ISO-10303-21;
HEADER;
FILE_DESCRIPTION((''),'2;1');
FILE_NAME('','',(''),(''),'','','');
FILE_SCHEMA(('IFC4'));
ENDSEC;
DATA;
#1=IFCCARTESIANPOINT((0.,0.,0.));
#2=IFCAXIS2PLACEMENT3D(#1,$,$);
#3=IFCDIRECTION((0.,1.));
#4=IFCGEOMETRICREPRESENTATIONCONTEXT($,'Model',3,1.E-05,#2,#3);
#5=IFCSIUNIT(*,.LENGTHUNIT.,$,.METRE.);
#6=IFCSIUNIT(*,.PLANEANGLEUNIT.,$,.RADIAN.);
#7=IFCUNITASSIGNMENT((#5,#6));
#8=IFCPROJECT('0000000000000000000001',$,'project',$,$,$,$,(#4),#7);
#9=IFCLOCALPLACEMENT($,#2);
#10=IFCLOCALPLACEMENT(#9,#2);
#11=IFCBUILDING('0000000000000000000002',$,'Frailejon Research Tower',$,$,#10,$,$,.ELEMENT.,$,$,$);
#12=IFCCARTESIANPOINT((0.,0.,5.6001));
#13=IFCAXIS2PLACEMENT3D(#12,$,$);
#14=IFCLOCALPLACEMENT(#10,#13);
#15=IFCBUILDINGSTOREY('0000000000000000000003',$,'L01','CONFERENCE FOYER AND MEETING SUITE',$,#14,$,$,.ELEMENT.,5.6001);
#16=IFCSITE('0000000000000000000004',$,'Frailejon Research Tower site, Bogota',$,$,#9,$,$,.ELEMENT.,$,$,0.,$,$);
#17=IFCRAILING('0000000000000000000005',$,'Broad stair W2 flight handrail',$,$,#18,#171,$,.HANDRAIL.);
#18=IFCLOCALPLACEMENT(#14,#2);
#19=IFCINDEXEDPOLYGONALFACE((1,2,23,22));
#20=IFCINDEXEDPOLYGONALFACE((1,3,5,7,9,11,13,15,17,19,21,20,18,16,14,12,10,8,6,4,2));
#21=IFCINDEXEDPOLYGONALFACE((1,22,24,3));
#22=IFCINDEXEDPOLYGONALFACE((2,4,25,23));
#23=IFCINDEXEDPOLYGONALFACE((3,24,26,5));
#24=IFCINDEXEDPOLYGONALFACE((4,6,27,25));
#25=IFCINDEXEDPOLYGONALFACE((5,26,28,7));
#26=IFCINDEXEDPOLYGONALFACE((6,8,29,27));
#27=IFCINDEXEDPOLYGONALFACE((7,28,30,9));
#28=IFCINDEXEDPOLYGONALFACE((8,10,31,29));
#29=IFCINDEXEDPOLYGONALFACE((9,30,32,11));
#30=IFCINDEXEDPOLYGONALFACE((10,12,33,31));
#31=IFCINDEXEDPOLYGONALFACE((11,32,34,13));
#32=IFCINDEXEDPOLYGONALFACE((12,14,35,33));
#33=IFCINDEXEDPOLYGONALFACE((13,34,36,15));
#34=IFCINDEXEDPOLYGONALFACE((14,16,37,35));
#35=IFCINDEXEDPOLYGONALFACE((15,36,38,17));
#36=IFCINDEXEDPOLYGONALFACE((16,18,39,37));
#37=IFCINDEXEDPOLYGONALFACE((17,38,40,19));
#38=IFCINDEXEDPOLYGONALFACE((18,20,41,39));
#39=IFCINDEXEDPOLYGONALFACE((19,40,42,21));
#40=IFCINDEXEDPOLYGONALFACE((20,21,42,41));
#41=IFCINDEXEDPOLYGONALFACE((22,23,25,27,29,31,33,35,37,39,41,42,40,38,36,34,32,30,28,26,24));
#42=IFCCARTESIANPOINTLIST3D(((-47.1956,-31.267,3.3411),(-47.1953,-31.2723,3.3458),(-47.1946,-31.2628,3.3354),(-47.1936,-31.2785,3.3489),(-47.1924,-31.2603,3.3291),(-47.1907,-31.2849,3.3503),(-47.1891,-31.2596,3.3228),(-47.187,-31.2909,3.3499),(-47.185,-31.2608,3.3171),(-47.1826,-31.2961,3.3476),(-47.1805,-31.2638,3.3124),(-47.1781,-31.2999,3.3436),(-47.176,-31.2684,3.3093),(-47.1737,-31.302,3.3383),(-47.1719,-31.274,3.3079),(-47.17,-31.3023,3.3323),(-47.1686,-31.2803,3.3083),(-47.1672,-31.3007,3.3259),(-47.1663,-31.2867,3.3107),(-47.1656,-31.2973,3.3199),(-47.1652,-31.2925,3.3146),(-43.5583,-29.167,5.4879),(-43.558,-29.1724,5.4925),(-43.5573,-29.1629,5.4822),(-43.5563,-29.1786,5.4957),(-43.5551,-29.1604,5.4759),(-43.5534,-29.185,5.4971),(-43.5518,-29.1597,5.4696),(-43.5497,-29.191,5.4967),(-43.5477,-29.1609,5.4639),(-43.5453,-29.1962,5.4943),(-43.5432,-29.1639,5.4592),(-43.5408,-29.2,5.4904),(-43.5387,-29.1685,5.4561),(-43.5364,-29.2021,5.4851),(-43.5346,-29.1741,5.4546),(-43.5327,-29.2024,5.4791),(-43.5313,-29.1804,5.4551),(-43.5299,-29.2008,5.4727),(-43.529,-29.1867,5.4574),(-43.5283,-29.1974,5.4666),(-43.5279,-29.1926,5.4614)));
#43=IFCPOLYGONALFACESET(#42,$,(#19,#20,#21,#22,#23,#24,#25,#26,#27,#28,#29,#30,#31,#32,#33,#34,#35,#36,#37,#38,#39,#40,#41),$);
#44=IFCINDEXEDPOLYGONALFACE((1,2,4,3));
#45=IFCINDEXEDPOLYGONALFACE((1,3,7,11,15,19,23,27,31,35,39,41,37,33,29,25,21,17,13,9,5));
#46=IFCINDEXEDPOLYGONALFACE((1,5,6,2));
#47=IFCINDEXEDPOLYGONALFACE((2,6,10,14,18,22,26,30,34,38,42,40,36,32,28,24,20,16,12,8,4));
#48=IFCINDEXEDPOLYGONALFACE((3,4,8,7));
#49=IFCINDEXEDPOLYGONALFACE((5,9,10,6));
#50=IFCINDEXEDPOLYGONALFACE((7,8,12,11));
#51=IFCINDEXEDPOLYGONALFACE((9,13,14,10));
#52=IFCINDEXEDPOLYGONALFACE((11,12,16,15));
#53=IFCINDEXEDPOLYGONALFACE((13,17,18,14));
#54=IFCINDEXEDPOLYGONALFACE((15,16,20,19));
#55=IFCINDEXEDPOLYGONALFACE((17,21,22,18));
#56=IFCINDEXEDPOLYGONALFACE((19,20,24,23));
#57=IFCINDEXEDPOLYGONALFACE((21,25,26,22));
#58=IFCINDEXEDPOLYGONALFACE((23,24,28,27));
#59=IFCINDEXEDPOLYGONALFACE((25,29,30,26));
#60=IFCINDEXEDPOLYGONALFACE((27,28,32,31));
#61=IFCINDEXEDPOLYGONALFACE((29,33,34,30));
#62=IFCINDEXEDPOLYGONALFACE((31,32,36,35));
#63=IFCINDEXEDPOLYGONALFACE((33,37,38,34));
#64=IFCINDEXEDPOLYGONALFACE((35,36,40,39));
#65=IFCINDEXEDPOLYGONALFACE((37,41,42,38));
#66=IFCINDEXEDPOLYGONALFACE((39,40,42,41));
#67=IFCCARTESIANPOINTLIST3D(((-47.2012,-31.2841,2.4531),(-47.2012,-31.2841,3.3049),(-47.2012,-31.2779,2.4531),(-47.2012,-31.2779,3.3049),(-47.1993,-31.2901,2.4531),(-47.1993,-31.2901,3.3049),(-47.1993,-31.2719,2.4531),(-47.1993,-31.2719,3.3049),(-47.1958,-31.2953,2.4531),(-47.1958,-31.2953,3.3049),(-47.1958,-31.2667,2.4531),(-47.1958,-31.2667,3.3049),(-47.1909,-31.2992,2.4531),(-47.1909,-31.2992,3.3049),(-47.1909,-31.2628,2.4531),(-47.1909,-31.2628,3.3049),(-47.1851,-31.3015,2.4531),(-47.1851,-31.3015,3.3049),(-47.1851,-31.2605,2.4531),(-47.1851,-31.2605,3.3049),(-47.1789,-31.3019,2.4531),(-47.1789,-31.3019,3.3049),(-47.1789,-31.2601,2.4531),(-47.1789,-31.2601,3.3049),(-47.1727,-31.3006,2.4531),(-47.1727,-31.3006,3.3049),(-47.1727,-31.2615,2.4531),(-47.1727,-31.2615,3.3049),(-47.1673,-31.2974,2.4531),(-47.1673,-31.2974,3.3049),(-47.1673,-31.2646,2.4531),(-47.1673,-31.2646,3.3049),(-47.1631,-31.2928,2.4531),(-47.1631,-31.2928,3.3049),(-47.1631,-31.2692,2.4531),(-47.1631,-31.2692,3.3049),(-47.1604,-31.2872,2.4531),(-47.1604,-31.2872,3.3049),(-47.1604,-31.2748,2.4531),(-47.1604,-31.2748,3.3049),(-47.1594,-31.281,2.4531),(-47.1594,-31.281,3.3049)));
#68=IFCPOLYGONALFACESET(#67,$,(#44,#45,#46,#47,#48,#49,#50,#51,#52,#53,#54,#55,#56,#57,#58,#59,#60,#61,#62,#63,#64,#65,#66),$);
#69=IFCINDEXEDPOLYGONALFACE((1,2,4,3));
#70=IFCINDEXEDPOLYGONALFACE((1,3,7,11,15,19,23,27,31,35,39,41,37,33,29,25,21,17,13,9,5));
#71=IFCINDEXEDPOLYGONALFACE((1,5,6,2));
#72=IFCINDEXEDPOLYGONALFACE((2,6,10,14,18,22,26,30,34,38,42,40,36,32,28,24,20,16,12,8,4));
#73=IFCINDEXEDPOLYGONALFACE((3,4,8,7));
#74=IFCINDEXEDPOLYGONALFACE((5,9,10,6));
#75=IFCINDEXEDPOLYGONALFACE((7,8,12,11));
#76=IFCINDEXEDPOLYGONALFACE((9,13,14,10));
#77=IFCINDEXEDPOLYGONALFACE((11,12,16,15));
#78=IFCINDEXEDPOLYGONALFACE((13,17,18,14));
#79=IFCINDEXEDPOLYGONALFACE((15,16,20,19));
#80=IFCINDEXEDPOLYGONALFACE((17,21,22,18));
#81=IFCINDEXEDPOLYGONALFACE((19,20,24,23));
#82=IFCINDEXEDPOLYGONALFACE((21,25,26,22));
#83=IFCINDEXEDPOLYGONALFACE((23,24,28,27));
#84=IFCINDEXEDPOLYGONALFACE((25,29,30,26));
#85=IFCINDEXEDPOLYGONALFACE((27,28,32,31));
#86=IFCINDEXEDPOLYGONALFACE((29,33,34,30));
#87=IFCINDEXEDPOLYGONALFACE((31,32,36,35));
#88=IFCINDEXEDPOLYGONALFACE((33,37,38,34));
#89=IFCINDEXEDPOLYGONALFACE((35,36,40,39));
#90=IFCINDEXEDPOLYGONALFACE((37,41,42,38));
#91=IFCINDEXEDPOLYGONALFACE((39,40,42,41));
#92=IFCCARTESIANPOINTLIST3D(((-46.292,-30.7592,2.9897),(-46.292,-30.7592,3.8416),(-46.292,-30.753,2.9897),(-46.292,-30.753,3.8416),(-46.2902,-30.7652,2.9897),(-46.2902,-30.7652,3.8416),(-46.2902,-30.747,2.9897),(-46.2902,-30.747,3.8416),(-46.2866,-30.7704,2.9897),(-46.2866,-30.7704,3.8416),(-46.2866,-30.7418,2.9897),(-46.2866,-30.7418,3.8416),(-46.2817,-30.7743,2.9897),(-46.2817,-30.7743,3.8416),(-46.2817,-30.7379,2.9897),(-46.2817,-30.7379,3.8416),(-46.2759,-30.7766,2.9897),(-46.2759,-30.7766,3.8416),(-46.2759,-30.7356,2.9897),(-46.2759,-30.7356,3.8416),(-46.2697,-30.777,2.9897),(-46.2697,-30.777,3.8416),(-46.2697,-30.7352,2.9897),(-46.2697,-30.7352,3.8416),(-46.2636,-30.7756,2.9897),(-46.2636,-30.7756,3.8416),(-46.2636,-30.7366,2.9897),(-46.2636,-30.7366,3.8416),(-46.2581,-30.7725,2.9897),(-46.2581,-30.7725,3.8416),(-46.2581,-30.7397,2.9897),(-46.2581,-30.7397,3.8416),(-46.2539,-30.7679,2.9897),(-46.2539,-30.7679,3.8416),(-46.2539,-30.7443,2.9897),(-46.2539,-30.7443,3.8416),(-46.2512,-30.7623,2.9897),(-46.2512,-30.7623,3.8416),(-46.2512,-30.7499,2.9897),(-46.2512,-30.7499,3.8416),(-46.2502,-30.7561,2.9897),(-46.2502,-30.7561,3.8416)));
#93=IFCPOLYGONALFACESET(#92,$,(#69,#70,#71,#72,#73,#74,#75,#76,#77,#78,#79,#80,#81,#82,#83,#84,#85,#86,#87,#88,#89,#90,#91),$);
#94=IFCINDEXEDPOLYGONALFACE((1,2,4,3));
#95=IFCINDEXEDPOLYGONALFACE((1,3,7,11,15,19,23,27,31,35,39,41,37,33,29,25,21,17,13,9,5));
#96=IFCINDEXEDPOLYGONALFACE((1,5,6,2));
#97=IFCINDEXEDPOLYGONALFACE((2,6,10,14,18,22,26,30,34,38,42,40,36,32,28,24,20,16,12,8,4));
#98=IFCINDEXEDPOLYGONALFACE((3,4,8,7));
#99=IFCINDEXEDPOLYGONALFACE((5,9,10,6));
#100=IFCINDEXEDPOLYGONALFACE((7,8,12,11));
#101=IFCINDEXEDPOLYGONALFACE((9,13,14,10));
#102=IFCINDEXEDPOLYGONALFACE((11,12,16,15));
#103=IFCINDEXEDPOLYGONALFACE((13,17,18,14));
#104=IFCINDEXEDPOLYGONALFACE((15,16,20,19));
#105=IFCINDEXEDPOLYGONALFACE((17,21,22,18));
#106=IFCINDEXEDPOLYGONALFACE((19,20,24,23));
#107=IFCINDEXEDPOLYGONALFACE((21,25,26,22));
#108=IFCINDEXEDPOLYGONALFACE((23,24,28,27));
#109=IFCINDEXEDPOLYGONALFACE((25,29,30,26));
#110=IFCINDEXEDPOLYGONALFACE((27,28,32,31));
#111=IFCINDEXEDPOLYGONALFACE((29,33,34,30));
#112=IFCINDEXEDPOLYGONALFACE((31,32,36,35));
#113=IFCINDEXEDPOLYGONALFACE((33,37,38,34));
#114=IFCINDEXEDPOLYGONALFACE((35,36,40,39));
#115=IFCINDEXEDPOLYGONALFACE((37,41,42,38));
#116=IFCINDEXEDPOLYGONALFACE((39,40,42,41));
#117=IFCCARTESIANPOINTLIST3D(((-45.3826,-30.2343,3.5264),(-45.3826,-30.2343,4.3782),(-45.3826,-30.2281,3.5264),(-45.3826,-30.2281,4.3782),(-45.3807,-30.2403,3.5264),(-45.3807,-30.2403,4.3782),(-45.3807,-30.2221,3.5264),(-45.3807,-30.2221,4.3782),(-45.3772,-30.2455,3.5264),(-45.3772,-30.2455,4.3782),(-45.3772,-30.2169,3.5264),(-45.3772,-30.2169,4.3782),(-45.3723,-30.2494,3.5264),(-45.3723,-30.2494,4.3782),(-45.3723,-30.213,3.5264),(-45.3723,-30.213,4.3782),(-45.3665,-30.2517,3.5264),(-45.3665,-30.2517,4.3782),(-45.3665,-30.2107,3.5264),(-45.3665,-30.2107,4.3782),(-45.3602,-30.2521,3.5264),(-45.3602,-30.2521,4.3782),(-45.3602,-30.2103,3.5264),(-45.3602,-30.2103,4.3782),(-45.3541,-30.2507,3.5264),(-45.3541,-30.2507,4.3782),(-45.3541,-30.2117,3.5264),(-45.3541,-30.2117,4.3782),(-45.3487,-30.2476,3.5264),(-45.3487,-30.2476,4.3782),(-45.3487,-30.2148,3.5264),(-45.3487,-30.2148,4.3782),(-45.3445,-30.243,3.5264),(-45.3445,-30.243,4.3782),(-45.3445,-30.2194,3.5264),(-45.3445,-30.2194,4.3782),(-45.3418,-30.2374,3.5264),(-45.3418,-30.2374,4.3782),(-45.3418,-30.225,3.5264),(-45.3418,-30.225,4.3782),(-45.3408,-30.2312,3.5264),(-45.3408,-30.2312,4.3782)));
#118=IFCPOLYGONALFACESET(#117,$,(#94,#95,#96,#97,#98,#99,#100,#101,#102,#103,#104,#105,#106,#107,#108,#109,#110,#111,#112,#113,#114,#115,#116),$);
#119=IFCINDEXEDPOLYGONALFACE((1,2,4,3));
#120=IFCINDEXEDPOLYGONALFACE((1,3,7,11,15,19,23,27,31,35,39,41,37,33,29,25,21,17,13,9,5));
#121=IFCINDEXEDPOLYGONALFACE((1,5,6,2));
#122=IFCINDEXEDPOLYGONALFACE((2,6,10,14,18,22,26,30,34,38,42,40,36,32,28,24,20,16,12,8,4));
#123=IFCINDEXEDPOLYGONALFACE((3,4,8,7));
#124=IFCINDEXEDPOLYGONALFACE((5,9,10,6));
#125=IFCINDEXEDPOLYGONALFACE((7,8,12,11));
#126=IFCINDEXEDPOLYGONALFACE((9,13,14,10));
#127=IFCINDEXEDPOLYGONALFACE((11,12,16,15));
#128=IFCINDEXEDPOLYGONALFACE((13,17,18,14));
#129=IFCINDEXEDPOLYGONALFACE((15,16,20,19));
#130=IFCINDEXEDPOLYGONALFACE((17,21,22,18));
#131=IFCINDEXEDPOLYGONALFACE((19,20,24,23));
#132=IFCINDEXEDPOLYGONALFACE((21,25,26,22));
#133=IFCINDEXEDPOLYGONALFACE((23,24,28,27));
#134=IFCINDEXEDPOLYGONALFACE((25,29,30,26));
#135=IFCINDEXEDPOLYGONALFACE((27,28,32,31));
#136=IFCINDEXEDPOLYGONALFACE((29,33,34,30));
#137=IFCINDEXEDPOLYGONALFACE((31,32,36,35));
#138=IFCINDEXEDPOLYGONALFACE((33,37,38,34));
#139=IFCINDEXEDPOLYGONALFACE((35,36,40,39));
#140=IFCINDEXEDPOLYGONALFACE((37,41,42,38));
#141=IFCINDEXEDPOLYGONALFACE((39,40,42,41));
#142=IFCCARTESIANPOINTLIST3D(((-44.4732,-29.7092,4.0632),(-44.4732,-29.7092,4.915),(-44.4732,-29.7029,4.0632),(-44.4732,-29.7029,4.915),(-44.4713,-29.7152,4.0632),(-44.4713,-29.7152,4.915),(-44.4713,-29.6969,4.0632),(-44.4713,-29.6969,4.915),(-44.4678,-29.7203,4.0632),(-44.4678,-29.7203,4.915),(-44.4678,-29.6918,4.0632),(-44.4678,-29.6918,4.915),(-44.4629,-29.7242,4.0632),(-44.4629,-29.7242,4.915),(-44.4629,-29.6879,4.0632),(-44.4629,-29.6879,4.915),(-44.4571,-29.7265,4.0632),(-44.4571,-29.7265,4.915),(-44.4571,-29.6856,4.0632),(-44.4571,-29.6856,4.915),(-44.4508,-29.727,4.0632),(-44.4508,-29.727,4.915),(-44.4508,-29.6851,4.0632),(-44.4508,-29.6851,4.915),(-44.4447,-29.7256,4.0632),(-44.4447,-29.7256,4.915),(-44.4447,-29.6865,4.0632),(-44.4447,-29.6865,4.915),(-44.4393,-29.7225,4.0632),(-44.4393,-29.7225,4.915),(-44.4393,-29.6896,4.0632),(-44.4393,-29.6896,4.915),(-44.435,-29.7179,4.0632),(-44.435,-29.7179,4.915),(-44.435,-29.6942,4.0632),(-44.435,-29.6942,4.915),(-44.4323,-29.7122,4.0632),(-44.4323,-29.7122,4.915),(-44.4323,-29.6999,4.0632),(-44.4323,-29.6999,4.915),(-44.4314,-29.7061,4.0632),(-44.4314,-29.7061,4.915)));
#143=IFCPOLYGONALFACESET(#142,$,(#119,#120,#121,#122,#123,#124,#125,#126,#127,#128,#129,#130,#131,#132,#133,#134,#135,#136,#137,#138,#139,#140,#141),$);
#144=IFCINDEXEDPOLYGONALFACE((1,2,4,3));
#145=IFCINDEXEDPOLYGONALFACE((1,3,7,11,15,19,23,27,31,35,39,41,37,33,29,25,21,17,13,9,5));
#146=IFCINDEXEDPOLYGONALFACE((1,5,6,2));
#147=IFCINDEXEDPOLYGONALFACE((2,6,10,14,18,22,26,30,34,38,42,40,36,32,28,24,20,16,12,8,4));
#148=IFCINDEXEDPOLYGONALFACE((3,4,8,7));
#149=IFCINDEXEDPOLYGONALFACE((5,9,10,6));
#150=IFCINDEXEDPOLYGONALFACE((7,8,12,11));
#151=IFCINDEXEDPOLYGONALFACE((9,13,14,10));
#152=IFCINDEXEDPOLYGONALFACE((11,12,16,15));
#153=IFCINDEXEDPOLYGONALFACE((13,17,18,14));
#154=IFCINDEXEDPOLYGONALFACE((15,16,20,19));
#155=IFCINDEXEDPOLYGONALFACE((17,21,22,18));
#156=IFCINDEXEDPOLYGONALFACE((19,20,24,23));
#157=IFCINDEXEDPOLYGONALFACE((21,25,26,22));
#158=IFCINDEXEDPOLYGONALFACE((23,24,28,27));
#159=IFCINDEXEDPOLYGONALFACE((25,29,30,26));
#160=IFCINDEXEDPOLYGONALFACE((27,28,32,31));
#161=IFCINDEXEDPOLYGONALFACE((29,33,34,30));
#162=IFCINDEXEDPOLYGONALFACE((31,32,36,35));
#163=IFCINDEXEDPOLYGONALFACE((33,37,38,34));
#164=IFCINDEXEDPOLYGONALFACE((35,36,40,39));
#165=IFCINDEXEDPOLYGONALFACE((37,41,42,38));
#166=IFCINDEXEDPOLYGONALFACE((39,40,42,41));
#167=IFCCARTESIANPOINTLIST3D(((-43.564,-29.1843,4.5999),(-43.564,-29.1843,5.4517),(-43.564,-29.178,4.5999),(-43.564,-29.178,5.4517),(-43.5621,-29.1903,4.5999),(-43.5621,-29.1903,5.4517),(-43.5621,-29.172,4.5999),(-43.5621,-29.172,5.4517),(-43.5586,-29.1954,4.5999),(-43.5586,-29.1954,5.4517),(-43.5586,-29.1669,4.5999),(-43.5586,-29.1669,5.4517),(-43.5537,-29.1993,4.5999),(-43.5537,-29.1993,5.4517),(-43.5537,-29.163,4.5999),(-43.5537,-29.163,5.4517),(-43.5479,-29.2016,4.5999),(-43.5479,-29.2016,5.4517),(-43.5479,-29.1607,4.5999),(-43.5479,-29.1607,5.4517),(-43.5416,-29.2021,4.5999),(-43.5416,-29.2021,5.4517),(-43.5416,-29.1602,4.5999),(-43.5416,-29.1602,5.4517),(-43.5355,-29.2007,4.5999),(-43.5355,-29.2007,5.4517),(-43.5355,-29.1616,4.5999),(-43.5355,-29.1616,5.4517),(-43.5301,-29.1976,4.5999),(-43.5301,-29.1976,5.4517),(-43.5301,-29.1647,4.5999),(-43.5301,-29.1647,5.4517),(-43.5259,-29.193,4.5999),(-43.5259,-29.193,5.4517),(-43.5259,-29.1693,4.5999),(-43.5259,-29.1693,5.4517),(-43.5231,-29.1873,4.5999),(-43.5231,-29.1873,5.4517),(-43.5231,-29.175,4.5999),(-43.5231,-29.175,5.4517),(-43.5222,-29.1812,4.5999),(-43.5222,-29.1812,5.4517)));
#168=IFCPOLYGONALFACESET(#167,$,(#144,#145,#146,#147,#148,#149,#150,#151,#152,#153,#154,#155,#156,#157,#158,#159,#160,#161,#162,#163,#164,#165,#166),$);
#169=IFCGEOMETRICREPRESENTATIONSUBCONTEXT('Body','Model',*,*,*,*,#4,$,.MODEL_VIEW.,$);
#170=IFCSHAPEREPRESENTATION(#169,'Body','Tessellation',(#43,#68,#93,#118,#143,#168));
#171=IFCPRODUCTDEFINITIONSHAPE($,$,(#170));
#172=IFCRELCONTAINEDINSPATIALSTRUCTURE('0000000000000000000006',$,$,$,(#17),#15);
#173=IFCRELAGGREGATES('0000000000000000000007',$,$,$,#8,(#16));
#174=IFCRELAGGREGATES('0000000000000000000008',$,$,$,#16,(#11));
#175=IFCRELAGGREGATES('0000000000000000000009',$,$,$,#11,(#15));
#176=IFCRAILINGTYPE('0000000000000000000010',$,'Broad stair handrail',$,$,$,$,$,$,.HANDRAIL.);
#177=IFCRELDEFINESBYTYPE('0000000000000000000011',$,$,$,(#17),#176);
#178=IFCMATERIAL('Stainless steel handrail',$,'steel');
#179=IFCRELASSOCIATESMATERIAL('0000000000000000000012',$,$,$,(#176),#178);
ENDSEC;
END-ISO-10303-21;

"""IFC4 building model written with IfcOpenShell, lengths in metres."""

from ifc_helpers import new_model, si_unit, direction, frame, origin, origin_2d, place, context, subcontext, project, spatial, circle, extrude, material, type_object, element, save


model = new_model("IFC4")

# Units and contexts
model_context = context("Model", 3, precision=1e-05, world=origin(), true_north=direction((0.0, 1.0)))
body_context = subcontext(model_context, "Body", "Model", "MODEL_VIEW")
ifc_project = project(units=[si_unit("LENGTHUNIT", "METRE"), si_unit("PLANEANGLEUNIT", "RADIAN")], contexts=[model_context])

# Site, building, storey
site_placement = place(None, origin())
site = spatial("IfcSite", under=ifc_project, at=site_placement, Name="Frailejon Research Tower site, Bogota", CompositionType="ELEMENT", RefElevation=0.0)
building_placement = place(site_placement, origin())
building = spatial("IfcBuilding", under=site, at=building_placement, Name="Frailejon Research Tower", CompositionType="ELEMENT")
storey_placement = place(building_placement, frame((0.0, 0.0, 5.6001)))
storey = spatial("IfcBuildingStorey", under=building, at=storey_placement, Name="L01", Description="CONFERENCE FOYER AND MEETING SUITE", CompositionType="ELEMENT", Elevation=5.6001)

# Railing
ifc_material_1 = material(Name="Stainless steel handrail", Category="steel")
railing_type_1 = type_object("IfcRailingType", Name="Broad stair handrail", PredefinedType="HANDRAIL", material=ifc_material_1)
railing_1_placement = place(storey_placement, frame((-47.1804, -31.281, 2.4531)))
element("IfcRailing", 1, at=railing_1_placement, inside=storey, type_object=railing_type_1, Name="Broad stair W2 flight handrail", PredefinedType="HANDRAIL", context=body_context, shape_type="SweptSolid", body=[
    extrude(circle(Radius=0.0239, at=origin_2d()), frame((0.0, 0.0, 0.876), z_axis=(0.771137, 0.445197, 0.455135), x_axis=(-0.499984, 0.866035, 0.0)), (0.0, 0.0, 1.0), 4.7168),
    extrude(circle(Radius=0.021, at=origin_2d()), origin(), (0.0, 0.0, 1.0), 0.8518),
    extrude(circle(Radius=0.021, at=origin_2d()), frame((0.9092, 0.5249, 0.5366)), (0.0, 0.0, 1.0), 0.8518),
    extrude(circle(Radius=0.021, at=origin_2d()), frame((1.8186, 1.0498, 1.0732)), (0.0, 0.0, 1.0), 0.8518),
    extrude(circle(Radius=0.021, at=origin_2d()), frame((2.728, 1.575, 1.6101)), (0.0, 0.0, 1.0), 0.8518),
    extrude(circle(Radius=0.021, at=origin_2d()), frame((3.6372, 2.0999, 2.1467)), (0.0, 0.0, 1.0), 0.8518),
])

save(model, "model.ifc")
